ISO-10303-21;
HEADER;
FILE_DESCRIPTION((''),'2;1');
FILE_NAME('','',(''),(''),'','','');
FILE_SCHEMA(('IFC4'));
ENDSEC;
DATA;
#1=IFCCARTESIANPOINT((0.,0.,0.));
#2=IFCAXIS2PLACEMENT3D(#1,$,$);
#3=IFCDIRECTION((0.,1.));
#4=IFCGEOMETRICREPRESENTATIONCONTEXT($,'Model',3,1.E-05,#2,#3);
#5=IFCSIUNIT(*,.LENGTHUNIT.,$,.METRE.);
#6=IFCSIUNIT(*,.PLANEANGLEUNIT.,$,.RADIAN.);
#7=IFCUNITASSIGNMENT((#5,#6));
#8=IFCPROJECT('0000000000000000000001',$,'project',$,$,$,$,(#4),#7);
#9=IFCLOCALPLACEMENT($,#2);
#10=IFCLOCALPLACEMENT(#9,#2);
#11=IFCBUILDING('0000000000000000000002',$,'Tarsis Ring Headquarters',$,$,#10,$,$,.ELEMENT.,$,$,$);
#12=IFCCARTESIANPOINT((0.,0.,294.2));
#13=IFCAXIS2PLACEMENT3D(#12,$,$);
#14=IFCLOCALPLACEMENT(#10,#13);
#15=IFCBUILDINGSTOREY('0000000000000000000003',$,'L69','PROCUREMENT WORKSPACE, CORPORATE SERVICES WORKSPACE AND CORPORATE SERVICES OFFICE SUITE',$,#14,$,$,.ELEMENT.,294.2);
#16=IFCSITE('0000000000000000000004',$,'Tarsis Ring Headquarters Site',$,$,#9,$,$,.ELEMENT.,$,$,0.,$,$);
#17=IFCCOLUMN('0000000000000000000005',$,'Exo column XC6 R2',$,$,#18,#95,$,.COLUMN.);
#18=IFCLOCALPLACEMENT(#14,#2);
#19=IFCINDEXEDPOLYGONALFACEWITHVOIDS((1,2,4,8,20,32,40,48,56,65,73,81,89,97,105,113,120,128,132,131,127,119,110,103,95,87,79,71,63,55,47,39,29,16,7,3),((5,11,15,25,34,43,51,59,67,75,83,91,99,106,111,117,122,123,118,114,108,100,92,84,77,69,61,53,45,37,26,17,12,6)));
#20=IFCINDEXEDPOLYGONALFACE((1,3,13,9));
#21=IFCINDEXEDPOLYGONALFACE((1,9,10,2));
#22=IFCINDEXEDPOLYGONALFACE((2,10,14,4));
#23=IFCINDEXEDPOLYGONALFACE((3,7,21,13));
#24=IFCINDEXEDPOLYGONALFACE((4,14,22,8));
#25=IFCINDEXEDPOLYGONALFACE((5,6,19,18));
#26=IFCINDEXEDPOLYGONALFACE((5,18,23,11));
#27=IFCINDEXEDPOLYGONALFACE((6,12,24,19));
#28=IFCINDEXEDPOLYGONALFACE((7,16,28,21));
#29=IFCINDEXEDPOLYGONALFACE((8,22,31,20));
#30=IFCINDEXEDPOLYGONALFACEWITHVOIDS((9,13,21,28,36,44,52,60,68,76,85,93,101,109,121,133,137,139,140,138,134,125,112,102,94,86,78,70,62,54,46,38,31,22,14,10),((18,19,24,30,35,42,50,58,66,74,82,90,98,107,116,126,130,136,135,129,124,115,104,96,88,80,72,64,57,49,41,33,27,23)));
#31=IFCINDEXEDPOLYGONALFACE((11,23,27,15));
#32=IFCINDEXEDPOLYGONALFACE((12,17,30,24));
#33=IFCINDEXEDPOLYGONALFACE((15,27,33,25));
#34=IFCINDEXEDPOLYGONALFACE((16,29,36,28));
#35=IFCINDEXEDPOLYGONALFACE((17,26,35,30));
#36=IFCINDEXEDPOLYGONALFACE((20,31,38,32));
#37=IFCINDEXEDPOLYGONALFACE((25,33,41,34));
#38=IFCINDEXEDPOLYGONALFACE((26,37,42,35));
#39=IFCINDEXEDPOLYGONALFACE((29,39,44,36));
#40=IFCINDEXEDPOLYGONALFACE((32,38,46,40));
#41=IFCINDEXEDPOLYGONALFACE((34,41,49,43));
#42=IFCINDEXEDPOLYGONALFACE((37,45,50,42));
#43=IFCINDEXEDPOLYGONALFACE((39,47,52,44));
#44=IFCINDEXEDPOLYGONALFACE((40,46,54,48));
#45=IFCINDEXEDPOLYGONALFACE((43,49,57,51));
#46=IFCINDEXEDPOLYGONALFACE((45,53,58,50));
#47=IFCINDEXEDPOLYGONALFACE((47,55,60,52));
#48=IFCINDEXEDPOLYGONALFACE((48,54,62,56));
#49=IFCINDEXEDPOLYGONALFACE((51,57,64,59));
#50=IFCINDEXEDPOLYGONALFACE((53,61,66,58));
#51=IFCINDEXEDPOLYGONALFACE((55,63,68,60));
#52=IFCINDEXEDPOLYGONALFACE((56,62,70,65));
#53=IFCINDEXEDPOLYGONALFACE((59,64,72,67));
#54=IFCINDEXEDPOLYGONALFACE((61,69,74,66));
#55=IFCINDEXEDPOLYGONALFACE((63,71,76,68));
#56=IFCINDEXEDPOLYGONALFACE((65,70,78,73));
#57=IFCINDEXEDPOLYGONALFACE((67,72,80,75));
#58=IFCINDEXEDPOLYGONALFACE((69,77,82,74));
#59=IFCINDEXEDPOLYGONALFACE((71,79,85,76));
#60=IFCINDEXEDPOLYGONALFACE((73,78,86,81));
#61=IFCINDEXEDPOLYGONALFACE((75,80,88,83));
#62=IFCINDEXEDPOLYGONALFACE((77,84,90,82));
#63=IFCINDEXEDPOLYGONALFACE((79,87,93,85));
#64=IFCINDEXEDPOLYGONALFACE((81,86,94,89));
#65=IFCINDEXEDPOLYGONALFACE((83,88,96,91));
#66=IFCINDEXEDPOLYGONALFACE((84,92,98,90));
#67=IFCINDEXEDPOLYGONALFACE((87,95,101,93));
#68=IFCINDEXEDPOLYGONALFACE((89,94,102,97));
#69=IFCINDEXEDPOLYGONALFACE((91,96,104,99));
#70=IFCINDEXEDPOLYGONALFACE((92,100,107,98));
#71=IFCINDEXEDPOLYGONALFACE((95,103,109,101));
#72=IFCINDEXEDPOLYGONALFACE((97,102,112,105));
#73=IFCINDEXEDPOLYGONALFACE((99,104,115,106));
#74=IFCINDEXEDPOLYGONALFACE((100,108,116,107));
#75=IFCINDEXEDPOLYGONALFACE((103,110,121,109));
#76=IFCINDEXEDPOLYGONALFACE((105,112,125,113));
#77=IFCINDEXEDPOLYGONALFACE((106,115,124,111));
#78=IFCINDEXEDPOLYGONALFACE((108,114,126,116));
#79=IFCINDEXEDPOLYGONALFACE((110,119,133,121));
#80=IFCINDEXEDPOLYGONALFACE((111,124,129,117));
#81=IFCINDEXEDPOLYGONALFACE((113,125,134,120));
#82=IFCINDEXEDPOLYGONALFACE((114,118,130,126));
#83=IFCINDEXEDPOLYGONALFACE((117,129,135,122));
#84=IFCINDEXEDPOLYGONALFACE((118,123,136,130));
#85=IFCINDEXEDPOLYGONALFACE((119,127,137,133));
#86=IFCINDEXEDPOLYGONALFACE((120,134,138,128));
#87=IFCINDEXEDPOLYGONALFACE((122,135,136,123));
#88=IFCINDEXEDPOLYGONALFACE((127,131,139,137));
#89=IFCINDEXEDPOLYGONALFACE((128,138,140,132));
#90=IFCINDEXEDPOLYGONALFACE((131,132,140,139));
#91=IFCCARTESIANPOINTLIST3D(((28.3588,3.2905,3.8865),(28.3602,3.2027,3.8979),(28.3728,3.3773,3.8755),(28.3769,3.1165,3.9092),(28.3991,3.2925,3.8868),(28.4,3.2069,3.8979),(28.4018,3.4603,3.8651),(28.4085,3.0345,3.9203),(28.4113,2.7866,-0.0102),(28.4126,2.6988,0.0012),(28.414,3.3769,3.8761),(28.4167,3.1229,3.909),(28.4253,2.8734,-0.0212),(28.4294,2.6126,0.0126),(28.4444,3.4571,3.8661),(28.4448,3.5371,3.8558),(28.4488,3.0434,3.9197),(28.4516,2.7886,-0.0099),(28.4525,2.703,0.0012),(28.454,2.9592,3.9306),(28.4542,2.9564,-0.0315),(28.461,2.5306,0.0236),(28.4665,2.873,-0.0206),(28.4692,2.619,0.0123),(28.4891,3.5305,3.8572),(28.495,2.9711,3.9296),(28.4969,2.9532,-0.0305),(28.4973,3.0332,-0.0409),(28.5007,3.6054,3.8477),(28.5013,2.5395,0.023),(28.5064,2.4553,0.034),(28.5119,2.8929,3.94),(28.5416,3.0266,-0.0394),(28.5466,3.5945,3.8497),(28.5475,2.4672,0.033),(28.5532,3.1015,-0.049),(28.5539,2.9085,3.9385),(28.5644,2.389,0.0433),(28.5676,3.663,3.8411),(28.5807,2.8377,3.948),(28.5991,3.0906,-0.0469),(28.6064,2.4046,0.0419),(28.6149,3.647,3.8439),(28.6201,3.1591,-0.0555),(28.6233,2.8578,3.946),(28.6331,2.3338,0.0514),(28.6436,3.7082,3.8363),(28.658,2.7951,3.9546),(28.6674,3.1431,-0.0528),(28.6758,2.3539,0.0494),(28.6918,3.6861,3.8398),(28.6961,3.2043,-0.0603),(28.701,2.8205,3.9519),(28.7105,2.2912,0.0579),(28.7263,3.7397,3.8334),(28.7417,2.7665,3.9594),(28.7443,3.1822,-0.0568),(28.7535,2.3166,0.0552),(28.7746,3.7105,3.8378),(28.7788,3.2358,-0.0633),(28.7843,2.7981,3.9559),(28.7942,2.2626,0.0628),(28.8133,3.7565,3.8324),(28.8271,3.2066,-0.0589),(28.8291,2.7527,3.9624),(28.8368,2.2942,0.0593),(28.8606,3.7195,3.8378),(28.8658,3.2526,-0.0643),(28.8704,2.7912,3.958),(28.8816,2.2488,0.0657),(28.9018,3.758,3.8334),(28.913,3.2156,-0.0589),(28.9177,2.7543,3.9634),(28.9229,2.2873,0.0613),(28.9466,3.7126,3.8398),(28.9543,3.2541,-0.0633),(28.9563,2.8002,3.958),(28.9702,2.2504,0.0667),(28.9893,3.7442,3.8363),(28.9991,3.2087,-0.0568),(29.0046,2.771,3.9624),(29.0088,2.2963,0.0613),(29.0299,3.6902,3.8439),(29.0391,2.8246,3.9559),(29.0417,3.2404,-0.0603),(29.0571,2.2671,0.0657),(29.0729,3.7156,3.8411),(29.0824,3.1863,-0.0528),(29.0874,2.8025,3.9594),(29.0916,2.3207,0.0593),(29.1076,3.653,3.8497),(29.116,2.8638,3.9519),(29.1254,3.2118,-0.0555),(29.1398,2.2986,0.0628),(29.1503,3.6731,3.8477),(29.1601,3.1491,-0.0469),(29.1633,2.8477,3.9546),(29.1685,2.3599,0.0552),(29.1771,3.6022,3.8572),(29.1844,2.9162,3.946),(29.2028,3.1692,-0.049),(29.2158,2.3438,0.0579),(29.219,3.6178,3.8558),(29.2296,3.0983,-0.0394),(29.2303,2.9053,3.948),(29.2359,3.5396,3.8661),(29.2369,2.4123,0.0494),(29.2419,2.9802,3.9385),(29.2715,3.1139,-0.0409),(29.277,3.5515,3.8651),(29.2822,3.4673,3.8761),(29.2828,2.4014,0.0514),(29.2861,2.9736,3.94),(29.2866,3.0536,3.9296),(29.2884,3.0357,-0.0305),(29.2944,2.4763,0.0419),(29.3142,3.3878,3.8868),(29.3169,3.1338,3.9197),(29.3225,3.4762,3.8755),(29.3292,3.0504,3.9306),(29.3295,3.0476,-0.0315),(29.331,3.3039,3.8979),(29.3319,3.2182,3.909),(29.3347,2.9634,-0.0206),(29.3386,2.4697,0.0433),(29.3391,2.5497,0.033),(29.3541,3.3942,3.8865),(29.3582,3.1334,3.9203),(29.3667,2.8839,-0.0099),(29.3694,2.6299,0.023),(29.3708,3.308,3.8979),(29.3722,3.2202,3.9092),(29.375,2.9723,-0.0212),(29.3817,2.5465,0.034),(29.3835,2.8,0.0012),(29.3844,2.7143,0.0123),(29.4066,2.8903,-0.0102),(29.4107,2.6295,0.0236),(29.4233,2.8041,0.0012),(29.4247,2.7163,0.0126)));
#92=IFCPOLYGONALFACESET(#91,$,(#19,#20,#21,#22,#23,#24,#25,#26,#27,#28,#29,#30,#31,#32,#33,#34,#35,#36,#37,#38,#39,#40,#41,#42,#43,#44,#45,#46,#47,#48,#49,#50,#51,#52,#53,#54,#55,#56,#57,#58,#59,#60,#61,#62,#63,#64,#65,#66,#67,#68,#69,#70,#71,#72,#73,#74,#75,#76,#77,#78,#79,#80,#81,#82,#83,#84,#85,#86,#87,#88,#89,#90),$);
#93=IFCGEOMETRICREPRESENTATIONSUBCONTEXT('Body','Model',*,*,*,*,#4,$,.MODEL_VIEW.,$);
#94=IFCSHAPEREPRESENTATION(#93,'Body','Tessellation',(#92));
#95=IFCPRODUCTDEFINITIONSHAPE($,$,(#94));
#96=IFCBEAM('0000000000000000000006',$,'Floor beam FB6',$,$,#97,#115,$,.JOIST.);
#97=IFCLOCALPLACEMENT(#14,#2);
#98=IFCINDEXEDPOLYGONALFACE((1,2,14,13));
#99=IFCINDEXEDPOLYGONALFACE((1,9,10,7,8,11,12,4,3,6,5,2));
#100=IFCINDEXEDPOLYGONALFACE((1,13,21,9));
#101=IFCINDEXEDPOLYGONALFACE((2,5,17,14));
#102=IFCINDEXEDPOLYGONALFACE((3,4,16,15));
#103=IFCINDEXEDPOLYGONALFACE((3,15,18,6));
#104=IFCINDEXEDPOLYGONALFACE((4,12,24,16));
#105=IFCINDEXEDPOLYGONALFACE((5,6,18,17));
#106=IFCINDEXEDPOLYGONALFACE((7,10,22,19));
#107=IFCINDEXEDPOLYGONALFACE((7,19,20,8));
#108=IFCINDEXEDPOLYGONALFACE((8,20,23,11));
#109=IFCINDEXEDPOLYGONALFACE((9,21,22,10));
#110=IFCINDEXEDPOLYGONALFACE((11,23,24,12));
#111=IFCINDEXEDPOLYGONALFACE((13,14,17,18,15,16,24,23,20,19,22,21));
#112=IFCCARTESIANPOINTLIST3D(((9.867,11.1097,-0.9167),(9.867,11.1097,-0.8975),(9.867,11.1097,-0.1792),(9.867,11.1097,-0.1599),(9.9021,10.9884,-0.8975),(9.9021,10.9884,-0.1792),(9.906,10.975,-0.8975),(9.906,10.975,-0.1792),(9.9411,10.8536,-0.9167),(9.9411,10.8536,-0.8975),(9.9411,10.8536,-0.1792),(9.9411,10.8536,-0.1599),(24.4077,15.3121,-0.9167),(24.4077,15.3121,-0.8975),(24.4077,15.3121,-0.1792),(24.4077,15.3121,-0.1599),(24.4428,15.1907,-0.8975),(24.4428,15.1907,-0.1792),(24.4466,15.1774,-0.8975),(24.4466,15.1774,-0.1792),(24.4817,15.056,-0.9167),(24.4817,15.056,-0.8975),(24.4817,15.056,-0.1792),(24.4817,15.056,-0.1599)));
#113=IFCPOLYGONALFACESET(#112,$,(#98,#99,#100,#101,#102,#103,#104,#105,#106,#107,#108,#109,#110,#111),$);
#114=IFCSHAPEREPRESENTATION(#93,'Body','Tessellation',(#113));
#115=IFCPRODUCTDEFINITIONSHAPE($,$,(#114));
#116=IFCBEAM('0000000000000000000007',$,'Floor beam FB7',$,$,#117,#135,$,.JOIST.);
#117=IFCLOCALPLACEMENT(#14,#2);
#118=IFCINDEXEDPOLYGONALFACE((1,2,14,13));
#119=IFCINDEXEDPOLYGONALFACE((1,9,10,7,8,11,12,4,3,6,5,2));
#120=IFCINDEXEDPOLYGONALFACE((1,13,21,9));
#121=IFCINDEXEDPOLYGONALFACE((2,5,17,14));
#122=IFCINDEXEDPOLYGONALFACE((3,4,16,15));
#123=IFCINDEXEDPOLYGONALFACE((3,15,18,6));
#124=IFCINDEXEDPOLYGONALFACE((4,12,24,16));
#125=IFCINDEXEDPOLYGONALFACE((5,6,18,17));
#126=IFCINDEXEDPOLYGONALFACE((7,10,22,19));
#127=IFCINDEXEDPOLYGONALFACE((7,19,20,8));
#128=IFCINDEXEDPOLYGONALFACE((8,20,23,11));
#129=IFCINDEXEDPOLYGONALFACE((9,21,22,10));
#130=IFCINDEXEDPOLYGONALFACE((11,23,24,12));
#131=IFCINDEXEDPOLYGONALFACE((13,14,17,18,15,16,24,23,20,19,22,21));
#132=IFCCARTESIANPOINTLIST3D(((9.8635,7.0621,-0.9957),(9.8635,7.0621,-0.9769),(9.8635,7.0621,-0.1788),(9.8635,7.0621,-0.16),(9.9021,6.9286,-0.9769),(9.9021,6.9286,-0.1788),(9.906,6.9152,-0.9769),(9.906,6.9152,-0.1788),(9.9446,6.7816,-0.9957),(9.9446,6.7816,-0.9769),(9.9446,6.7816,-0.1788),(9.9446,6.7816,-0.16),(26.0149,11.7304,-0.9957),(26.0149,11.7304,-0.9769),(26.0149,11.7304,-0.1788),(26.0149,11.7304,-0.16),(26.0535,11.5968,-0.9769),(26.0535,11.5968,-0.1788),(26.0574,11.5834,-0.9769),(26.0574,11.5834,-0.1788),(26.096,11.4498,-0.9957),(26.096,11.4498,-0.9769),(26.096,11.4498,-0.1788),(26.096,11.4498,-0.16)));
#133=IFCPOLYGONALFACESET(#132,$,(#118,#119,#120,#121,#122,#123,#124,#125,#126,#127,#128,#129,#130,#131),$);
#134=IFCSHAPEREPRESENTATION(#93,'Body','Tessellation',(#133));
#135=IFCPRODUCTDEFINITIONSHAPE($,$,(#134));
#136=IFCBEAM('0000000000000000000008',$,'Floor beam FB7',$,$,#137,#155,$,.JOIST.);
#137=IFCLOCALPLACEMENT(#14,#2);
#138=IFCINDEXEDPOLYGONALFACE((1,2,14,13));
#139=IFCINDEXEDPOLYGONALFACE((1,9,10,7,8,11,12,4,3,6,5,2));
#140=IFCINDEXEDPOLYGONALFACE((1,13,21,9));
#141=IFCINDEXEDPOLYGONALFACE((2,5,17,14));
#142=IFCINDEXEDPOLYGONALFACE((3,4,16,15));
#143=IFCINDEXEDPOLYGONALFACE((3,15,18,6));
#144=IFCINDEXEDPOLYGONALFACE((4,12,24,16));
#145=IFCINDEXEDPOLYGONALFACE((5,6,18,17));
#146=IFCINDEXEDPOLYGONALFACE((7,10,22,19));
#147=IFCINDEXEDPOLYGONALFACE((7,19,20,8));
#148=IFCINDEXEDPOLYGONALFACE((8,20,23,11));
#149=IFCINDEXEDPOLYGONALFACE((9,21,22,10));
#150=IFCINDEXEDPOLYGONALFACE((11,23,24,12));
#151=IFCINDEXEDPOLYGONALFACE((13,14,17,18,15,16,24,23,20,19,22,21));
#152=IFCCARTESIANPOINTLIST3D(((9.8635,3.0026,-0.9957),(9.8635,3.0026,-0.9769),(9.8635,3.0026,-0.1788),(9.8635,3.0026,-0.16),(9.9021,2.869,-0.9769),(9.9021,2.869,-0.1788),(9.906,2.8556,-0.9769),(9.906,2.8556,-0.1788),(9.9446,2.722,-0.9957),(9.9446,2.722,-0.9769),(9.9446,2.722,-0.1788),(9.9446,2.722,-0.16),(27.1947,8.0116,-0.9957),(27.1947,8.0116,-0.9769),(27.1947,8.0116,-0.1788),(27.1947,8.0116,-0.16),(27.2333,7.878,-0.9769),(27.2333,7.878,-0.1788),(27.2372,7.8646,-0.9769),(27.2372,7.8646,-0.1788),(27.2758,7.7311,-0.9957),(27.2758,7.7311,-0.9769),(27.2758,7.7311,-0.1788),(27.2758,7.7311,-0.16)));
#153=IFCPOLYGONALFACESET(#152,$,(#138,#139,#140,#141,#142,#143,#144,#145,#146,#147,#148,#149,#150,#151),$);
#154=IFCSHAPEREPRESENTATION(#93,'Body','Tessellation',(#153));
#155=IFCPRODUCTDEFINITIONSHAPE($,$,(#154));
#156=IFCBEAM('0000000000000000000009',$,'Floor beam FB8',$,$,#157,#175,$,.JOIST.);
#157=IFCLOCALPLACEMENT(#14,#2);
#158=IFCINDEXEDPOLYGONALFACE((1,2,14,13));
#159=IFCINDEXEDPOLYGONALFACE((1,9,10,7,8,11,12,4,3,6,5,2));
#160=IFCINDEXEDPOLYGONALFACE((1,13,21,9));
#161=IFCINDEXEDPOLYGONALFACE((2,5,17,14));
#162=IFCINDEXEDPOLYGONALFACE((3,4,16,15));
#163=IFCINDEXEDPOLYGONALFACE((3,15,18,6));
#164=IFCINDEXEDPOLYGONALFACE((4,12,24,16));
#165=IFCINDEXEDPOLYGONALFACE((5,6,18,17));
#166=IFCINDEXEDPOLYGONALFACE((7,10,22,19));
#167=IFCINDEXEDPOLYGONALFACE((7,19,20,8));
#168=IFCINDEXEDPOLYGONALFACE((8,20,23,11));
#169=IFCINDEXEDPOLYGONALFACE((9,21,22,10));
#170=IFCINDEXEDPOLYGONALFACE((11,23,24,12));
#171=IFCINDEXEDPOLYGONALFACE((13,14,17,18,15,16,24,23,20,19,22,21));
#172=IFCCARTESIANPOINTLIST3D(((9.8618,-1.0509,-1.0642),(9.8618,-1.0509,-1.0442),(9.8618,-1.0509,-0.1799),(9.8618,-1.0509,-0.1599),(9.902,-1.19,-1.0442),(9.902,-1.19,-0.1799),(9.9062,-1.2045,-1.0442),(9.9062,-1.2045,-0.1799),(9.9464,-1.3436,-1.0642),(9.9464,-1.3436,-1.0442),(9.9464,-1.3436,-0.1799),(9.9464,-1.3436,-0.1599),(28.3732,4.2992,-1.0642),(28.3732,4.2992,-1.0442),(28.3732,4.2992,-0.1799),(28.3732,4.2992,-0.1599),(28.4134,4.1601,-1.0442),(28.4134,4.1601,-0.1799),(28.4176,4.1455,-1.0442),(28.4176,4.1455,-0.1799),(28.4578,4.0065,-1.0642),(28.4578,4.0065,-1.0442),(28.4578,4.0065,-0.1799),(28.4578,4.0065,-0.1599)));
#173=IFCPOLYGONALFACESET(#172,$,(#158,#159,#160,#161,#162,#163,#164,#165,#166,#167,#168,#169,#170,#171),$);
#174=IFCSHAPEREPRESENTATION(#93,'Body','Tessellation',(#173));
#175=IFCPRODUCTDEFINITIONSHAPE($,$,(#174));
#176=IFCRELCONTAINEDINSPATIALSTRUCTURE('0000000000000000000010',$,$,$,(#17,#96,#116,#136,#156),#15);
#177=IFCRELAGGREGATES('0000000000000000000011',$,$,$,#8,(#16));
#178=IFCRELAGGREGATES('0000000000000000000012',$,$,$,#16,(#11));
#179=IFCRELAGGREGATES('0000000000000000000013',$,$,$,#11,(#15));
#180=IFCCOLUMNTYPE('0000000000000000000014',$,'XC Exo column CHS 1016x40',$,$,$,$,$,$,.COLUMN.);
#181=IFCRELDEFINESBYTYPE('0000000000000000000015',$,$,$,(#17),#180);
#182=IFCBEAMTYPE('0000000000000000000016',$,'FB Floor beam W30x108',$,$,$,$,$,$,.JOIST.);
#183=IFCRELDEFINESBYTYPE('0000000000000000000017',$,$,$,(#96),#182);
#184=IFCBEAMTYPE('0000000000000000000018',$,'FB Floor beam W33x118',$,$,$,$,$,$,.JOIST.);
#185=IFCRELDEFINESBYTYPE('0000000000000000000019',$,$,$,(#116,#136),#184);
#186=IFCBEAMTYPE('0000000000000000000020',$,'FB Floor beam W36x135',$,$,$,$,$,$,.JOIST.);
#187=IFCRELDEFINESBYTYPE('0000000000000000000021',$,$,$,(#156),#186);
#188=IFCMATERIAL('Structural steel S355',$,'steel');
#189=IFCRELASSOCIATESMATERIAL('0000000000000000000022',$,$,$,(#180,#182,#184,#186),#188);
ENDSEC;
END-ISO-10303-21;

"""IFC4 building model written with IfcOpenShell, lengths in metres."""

from ifc_helpers import new_model, si_unit, direction, frame, origin, origin_2d, place, context, subcontext, project, spatial, hollow_circle, i_section, extrude, material, material_profile, profile_set, type_object, element, save


model = new_model("IFC4")

# Units and contexts
model_context = context("Model", 3, precision=1e-05, world=origin(), true_north=direction((0.0, 1.0)))
body_context = subcontext(model_context, "Body", "Model", "MODEL_VIEW")
ifc_project = project(units=[si_unit("LENGTHUNIT", "METRE"), si_unit("PLANEANGLEUNIT", "RADIAN")], contexts=[model_context])

# Site, building, storey
site_placement = place(None, origin())
site = spatial("IfcSite", under=ifc_project, at=site_placement, Name="Tarsis Ring Headquarters Site", CompositionType="ELEMENT", RefElevation=0.0)
building_placement = place(site_placement, origin())
building = spatial("IfcBuilding", under=site, at=building_placement, Name="Tarsis Ring Headquarters", CompositionType="ELEMENT")
storey_placement = place(building_placement, frame((0.0, 0.0, 294.2)))
storey = spatial("IfcBuildingStorey", under=building, at=storey_placement, Name="L69", Description="PROCUREMENT WORKSPACE, CORPORATE SERVICES WORKSPACE AND CORPORATE SERVICES OFFICE SUITE", CompositionType="ELEMENT", Elevation=294.2)

# Column
ifc_material_1 = material(Name="Structural steel S355", Category="steel")
ifc_material_profile_1 = material_profile(ifc_material_1, hollow_circle(Radius=0.5081, WallThickness=0.04, at=origin_2d()), Name="CHS 1016x40")
ifc_profile_set_1 = profile_set([ifc_material_profile_1], Name="Structural steel S355")
column_type = type_object("IfcColumnType", Name="XC Exo column CHS 1016x40", PredefinedType="COLUMN", material=ifc_profile_set_1)
column_placement = place(storey_placement, frame((28.918, 2.7515, 0.0012), z_axis=(-0.013358, 0.128236, 0.991654), x_axis=(-0.994618, -0.103606, 0.0)))
element("IfcColumn", 1, at=column_placement, inside=storey, type_object=column_type, Name="Exo column XC6 R2", PredefinedType="COLUMN", context=body_context, shape_type="SweptSolid", body=[
    extrude(hollow_circle(Radius=0.5081, WallThickness=0.04, at=origin_2d()), origin(), (0.0, 0.0, 1.0), 3.9294),
])

# Beams
ifc_material_profile_2 = material_profile(ifc_material_1, i_section(OverallWidth=0.2666, OverallDepth=0.7568, WebThickness=0.0139, FlangeThickness=0.0193, at=origin_2d()), Name="W30x108")
ifc_profile_set_2 = profile_set([ifc_material_profile_2], Name="Structural steel S355")
beam_type_1 = type_object("IfcBeamType", Name="FB Floor beam W30x108", PredefinedType="JOIST", material=ifc_profile_set_2)
beam_1_placement = place(storey_placement, frame((9.9041, 10.9817, -0.5383), z_axis=(0.960684, 0.277645, 0.0), x_axis=(-0.277645, 0.960684, 0.0)))
element("IfcBeam", 2, at=beam_1_placement, inside=storey, type_object=beam_type_1, Name="Floor beam FB6", PredefinedType="JOIST", context=body_context, shape_type="SweptSolid", body=[
    extrude(i_section(OverallWidth=0.2666, OverallDepth=0.7568, WebThickness=0.0139, FlangeThickness=0.0193, at=origin_2d()), origin(), (0.0, 0.0, 1.0), 15.1357),
])
ifc_material_profile_3 = material_profile(ifc_material_1, i_section(OverallWidth=0.292, OverallDepth=0.8357, WebThickness=0.0139, FlangeThickness=0.0188, at=origin_2d()), Name="W33x118")
ifc_profile_set_3 = profile_set([ifc_material_profile_3], Name="Structural steel S355")
beam_type_2 = type_object("IfcBeamType", Name="FB Floor beam W33x118", PredefinedType="JOIST", material=ifc_profile_set_3)
beam_2_placement = place(storey_placement, frame((9.9041, 6.9219, -0.5779), z_axis=(0.960678, 0.277664, 0.0), x_axis=(-0.277664, 0.960678, 0.0)))
element("IfcBeam", 3, at=beam_2_placement, inside=storey, type_object=beam_type_2, Name="Floor beam FB7", PredefinedType="JOIST", context=body_context, shape_type="SweptSolid", body=[
    extrude(i_section(OverallWidth=0.292, OverallDepth=0.8357, WebThickness=0.0139, FlangeThickness=0.0188, at=origin_2d()), origin(), (0.0, 0.0, 1.0), 16.8125),
])
beam_3_placement = place(storey_placement, frame((9.9041, 2.8623, -0.5779), z_axis=(0.960681, 0.277653, 0.0), x_axis=(-0.277653, 0.960681, 0.0)))
element("IfcBeam", 4, at=beam_3_placement, inside=storey, type_object=beam_type_2, Name="Floor beam FB7", PredefinedType="JOIST", context=body_context, shape_type="SweptSolid", body=[
    extrude(i_section(OverallWidth=0.292, OverallDepth=0.8357, WebThickness=0.0139, FlangeThickness=0.0188, at=origin_2d()), origin(), (0.0, 0.0, 1.0), 18.0405),
])
ifc_material_profile_4 = material_profile(ifc_material_1, i_section(OverallWidth=0.3047, OverallDepth=0.9043, WebThickness=0.0151, FlangeThickness=0.02, at=origin_2d()), Name="W36x135")
ifc_profile_set_4 = profile_set([ifc_material_profile_4], Name="Structural steel S355")
beam_type_3 = type_object("IfcBeamType", Name="FB Floor beam W36x135", PredefinedType="JOIST", material=ifc_profile_set_4)
beam_4_placement = place(storey_placement, frame((9.9041, -1.1973, -0.6121), z_axis=(0.960682, 0.277652, 0.0), x_axis=(-0.277652, 0.960682, 0.0)))
element("IfcBeam", 5, at=beam_4_placement, inside=storey, type_object=beam_type_3, Name="Floor beam FB8", PredefinedType="JOIST", context=body_context, shape_type="SweptSolid", body=[
    extrude(i_section(OverallWidth=0.3047, OverallDepth=0.9043, WebThickness=0.0151, FlangeThickness=0.02, at=origin_2d()), origin(), (0.0, 0.0, 1.0), 19.269),
])

save(model, "model.ifc")
